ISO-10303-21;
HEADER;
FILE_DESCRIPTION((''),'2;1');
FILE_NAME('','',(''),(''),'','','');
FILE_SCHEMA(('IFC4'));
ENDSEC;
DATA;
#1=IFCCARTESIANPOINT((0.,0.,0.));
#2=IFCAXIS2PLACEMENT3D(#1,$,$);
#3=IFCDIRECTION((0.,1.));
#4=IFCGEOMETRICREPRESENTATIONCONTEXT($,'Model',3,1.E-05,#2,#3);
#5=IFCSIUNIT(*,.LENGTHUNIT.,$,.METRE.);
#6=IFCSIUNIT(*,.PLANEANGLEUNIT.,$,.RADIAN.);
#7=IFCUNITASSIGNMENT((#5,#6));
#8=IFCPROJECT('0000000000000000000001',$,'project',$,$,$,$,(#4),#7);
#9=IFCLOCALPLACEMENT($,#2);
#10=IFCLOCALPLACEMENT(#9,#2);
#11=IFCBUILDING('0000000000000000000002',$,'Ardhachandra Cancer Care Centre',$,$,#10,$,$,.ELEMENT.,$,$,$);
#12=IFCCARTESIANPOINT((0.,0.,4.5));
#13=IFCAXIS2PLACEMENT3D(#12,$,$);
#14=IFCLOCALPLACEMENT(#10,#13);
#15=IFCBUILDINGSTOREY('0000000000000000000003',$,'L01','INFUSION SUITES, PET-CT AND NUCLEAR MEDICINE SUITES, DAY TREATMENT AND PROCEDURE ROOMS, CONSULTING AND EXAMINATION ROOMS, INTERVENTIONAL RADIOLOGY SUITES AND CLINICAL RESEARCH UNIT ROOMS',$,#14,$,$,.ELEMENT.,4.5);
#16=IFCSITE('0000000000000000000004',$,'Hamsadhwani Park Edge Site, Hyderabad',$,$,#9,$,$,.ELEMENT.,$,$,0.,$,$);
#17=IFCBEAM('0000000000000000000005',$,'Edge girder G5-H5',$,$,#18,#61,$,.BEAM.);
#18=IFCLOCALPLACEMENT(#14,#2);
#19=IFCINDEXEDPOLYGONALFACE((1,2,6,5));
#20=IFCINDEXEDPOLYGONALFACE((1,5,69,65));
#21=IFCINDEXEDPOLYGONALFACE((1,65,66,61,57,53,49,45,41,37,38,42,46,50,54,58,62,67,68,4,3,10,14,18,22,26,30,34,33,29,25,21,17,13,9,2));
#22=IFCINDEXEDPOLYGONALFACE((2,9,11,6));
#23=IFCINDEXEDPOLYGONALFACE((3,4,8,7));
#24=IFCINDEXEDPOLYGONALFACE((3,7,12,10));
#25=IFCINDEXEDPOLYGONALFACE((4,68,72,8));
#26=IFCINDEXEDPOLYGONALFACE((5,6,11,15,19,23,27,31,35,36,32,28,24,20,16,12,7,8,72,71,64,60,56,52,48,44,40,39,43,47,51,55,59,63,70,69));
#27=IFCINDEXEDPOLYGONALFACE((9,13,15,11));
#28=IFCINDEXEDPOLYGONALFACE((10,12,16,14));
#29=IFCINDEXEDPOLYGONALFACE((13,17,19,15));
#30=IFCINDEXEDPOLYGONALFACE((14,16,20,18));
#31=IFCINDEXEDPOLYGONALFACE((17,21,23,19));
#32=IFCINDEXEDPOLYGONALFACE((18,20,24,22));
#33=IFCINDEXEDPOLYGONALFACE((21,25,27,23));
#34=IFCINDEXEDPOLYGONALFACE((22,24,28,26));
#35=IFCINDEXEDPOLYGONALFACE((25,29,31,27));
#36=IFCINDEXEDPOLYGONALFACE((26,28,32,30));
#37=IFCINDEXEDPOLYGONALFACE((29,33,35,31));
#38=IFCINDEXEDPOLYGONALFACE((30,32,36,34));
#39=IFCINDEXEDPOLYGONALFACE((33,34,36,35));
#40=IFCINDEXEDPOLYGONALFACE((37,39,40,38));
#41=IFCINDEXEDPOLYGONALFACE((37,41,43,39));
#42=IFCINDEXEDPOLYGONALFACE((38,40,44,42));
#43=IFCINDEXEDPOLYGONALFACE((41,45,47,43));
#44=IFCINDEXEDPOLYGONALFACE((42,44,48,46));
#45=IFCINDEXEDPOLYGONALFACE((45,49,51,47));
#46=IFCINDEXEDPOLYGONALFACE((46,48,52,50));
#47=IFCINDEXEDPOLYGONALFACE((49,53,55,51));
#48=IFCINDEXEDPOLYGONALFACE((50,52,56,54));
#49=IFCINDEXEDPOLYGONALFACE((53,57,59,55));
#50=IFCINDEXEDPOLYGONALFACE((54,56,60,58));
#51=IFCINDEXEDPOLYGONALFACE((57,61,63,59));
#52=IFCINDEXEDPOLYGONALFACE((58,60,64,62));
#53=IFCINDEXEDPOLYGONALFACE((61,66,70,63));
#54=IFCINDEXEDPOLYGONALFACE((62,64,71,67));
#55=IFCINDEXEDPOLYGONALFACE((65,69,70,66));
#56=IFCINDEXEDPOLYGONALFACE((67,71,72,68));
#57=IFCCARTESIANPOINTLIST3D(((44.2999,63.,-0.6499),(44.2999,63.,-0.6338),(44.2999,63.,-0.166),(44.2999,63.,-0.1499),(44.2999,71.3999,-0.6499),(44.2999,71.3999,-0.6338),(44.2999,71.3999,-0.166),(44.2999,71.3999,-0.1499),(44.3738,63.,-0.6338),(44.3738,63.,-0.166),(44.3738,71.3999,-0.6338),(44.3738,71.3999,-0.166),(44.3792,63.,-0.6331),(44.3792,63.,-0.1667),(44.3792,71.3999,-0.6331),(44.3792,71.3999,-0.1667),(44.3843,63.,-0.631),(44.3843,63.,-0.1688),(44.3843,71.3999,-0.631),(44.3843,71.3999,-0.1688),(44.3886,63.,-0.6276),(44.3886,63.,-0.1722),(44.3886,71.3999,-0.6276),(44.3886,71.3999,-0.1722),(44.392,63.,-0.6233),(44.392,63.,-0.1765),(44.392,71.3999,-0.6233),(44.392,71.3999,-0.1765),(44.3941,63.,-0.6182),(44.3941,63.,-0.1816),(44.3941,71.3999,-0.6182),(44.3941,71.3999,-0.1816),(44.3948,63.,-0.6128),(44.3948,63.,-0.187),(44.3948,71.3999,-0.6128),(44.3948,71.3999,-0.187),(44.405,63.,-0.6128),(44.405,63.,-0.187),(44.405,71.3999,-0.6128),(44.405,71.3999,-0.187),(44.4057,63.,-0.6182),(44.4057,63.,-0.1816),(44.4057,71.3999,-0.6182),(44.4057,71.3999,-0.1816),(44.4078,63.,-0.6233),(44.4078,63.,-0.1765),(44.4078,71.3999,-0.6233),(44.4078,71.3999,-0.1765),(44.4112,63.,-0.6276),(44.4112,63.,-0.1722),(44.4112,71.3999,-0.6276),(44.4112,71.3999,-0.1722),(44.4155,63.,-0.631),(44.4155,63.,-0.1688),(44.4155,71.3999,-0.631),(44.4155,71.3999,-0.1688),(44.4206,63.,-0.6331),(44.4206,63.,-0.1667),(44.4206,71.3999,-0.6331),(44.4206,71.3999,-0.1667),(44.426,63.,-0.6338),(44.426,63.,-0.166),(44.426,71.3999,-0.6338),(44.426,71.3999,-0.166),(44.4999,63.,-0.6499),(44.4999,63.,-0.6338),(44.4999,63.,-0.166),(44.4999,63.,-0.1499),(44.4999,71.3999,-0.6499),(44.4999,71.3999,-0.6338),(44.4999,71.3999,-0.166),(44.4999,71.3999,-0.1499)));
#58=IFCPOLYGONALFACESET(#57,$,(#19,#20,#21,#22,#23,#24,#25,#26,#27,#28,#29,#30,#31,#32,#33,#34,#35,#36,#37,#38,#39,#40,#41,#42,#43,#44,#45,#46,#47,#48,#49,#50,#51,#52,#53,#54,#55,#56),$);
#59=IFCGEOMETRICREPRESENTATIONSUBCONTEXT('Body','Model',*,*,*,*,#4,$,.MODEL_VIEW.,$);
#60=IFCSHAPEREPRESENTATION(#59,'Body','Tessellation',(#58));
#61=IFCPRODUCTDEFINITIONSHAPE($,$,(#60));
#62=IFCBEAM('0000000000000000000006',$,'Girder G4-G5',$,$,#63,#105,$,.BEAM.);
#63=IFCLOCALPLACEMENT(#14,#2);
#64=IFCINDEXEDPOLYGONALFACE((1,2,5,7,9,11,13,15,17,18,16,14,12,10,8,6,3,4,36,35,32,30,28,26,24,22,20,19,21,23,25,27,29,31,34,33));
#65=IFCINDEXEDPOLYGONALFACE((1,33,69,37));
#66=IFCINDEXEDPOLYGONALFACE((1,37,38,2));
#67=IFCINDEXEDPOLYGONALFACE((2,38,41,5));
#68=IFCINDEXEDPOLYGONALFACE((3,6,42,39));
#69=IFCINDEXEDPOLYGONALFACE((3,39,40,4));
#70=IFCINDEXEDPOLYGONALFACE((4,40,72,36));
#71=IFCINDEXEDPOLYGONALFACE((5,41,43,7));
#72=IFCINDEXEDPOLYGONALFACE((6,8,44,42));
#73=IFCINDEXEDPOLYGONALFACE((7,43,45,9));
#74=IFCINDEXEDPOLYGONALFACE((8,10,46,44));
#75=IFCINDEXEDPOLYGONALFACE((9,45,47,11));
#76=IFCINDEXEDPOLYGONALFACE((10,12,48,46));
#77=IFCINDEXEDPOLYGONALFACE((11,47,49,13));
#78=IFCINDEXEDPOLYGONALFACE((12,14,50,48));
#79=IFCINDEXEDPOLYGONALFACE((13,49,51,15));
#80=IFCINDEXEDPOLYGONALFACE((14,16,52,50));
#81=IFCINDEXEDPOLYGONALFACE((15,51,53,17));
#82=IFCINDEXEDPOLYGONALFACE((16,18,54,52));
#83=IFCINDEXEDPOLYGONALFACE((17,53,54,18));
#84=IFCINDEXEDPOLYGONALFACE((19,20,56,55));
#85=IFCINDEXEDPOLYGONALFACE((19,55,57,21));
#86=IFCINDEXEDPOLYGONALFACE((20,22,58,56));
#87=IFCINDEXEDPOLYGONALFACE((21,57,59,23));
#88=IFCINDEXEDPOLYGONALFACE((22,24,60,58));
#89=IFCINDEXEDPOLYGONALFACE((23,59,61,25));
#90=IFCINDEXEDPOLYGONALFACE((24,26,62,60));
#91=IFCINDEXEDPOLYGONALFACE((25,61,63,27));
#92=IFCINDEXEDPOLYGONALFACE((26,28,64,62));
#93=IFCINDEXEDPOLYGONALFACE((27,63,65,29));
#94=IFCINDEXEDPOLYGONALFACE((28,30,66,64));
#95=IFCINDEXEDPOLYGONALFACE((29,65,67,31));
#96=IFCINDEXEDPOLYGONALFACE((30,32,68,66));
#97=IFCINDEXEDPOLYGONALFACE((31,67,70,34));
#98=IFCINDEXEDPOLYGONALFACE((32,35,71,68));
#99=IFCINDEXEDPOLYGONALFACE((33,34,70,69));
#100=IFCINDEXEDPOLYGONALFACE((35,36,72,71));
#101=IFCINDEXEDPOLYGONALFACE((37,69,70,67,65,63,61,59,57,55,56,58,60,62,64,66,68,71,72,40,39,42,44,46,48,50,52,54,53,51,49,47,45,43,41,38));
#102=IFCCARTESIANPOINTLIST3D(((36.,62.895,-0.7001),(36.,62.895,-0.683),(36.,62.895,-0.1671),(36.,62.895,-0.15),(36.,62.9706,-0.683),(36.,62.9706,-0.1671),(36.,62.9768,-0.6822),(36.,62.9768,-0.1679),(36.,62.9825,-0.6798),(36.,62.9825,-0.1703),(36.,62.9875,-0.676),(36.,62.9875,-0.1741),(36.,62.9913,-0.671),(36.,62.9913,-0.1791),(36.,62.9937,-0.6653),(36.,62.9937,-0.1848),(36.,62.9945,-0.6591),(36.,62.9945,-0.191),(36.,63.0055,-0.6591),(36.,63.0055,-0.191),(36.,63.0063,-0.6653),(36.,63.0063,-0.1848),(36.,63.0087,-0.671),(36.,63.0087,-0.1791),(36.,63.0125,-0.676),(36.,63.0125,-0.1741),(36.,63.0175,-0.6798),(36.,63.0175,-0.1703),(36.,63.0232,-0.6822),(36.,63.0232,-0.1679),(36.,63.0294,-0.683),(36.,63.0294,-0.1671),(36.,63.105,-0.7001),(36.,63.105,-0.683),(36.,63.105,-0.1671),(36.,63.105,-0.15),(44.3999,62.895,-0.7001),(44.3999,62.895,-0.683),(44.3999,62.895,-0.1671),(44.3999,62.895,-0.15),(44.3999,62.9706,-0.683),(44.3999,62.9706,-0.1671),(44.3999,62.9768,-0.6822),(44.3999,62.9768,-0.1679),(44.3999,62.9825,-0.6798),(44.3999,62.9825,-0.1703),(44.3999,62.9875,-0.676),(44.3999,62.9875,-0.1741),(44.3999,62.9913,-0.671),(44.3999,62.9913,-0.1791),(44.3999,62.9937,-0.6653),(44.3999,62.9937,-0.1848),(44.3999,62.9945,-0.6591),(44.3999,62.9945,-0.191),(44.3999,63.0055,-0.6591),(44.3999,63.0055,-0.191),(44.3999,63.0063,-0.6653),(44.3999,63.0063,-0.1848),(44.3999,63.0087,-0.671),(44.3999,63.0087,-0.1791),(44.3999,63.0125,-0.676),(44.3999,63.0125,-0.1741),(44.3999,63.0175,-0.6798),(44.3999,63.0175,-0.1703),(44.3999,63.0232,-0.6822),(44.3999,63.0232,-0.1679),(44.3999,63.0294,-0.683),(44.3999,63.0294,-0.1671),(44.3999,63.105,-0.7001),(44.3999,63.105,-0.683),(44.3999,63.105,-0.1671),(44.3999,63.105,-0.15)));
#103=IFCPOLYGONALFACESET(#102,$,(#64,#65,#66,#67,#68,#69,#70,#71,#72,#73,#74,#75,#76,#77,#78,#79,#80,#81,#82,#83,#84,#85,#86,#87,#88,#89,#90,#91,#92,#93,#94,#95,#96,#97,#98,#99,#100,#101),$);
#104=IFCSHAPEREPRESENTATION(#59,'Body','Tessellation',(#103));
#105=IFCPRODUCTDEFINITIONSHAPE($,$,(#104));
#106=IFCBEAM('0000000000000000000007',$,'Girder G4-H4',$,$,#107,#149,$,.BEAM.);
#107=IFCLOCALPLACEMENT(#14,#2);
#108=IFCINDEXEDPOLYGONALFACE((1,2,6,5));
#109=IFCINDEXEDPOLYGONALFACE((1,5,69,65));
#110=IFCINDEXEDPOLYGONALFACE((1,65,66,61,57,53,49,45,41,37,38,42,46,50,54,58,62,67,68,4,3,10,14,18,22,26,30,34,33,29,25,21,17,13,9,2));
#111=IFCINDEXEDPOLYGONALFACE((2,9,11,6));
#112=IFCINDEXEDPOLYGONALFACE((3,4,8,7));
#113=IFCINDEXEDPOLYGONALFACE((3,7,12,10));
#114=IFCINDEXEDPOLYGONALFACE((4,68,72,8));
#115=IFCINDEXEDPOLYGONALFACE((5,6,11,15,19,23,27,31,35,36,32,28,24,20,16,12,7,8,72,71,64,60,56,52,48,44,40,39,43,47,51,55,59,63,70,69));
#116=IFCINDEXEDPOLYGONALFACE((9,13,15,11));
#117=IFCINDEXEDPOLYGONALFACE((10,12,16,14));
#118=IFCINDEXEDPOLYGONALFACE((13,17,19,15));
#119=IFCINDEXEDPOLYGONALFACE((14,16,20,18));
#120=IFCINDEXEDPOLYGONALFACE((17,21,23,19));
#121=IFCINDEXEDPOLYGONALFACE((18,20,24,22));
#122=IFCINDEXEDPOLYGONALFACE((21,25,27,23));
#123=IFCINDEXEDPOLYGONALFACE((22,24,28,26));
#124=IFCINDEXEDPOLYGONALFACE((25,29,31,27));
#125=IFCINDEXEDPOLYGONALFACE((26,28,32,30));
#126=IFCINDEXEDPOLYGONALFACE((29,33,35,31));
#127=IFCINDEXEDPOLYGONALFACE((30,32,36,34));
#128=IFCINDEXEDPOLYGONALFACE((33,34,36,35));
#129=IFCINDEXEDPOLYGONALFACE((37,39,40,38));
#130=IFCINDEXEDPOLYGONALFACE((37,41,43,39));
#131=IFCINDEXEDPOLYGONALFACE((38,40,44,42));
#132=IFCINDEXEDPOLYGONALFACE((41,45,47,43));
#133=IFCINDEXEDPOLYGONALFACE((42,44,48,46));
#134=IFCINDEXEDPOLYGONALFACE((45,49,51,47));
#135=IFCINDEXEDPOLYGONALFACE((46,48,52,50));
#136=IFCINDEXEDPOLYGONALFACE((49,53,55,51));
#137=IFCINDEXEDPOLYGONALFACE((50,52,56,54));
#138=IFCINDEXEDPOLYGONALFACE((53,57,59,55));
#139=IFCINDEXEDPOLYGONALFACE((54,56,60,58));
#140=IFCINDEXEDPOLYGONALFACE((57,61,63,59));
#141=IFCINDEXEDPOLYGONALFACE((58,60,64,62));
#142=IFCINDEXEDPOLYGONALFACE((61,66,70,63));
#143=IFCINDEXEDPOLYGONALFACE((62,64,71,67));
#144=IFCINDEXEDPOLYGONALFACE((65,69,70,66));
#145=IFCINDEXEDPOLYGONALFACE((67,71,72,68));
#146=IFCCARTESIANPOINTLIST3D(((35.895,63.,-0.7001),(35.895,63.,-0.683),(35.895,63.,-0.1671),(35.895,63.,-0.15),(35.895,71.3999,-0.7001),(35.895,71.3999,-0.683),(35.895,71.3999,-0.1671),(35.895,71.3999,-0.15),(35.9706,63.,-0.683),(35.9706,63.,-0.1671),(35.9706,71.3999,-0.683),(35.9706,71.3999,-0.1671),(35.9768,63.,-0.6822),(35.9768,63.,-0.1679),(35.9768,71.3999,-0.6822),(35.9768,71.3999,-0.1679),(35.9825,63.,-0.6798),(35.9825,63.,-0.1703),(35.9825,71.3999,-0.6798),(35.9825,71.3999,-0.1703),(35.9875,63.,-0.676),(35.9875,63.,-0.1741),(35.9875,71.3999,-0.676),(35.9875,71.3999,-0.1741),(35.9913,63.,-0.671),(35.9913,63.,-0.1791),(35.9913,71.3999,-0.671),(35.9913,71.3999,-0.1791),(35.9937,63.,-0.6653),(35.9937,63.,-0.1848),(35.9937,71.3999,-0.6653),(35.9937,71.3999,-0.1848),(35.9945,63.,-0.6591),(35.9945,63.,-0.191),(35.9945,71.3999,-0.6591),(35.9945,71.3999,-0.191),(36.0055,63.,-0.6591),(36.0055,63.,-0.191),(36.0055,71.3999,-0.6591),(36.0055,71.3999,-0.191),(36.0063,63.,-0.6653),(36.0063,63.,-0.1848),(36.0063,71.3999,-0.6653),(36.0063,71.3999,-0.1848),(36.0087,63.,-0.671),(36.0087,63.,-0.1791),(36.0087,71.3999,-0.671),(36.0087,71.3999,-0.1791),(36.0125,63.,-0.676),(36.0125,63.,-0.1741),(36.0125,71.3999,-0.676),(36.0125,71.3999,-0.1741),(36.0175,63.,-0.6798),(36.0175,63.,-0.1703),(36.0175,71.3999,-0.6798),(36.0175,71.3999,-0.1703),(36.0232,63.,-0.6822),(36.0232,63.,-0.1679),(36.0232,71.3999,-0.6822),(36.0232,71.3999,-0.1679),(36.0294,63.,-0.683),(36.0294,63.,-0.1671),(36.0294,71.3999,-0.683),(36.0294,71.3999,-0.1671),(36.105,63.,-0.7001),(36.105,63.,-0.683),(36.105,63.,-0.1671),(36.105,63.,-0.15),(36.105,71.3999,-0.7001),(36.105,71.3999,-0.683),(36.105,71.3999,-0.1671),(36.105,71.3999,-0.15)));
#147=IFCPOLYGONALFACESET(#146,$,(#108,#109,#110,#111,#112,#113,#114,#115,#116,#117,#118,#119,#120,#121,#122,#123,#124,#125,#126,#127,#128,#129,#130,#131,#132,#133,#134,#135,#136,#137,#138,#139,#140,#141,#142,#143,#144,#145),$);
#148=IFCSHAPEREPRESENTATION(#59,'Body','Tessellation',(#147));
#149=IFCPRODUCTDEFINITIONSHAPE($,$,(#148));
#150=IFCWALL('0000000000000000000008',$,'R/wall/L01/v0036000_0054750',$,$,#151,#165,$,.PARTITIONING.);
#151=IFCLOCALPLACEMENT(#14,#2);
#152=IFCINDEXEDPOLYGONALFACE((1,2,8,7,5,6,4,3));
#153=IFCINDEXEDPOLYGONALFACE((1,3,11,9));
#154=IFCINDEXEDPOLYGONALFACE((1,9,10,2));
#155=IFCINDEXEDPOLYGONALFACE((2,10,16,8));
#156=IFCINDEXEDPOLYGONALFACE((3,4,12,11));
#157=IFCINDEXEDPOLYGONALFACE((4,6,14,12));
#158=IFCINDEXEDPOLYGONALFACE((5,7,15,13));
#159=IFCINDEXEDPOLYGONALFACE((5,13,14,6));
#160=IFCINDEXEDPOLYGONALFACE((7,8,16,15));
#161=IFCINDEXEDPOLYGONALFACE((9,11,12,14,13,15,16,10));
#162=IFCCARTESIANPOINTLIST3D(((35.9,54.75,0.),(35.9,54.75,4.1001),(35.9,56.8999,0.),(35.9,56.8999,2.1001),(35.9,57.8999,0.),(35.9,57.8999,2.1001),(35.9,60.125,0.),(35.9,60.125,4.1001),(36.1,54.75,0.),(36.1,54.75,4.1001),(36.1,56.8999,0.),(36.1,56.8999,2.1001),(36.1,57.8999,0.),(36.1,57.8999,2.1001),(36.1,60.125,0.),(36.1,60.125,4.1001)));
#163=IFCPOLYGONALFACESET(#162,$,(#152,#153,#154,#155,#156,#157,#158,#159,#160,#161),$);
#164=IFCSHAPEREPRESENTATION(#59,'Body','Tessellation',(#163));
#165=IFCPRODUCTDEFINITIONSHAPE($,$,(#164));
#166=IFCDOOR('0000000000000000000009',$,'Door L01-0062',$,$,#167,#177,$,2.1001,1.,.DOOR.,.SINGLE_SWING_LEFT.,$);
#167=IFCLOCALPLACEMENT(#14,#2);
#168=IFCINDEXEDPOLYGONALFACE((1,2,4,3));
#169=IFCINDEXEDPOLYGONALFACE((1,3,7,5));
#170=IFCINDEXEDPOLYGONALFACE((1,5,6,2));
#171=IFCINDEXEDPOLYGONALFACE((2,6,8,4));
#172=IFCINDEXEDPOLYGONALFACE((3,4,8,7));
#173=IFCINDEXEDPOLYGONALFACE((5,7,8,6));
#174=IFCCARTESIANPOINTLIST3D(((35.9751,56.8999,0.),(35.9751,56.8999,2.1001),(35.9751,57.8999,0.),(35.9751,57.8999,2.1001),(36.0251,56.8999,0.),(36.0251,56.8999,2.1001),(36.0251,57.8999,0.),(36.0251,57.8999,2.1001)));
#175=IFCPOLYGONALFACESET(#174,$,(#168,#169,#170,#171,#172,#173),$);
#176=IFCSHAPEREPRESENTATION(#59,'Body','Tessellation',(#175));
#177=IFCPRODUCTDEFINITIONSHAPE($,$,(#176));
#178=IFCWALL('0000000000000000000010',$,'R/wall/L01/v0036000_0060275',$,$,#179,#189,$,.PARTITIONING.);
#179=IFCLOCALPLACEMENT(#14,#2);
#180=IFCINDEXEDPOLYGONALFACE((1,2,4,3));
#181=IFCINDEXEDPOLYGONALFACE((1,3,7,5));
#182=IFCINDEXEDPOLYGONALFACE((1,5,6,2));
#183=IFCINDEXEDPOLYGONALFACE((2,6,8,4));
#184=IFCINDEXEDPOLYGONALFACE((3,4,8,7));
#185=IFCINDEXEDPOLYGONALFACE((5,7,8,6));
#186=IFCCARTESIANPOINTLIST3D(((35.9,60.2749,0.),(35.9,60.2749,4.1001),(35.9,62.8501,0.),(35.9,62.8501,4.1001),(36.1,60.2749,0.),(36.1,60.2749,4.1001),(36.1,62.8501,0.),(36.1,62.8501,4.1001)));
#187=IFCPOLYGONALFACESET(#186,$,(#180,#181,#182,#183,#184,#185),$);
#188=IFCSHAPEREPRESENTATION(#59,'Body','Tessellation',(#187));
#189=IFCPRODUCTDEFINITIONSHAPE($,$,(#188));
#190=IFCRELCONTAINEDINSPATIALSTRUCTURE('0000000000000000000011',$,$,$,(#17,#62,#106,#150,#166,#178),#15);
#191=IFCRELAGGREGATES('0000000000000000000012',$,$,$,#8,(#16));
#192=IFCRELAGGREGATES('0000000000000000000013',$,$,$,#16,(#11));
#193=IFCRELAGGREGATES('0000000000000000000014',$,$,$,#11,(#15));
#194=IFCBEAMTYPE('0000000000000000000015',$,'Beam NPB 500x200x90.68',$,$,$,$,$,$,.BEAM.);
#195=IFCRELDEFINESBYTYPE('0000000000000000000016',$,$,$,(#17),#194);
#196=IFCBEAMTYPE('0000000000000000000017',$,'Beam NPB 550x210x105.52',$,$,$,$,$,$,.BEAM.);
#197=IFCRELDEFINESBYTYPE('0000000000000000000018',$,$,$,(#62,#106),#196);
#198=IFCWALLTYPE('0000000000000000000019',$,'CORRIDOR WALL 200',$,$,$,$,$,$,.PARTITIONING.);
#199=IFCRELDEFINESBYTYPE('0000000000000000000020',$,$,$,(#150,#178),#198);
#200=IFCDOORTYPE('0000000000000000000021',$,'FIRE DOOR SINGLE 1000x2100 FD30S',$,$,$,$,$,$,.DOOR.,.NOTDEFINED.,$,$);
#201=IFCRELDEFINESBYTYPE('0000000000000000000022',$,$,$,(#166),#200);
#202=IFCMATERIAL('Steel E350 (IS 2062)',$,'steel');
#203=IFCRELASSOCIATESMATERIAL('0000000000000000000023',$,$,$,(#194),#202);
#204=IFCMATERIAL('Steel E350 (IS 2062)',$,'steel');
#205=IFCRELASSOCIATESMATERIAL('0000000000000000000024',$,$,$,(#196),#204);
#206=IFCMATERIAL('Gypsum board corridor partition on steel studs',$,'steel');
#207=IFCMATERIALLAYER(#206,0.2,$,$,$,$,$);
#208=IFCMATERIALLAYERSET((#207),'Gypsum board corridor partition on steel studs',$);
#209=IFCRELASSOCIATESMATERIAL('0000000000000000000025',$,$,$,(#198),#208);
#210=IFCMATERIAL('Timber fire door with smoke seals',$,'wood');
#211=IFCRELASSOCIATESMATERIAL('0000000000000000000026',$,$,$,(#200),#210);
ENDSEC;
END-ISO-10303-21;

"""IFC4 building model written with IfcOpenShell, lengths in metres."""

from ifc_helpers import new_model, si_unit, direction, frame, frame_2d, origin, origin_2d, place, context, subcontext, project, spatial, rectangle, i_section, extrude, material, layer, layer_set, material_profile, profile_set, type_object, element, fill, save


model = new_model("IFC4")

# Units and contexts
model_context = context("Model", 3, precision=1e-05, world=origin(), true_north=direction((0.0, 1.0)))
body_context = subcontext(model_context, "Body", "Model", "MODEL_VIEW")
ifc_project = project(units=[si_unit("LENGTHUNIT", "METRE"), si_unit("PLANEANGLEUNIT", "RADIAN")], contexts=[model_context])

# Site, building, storey
site_placement = place(None, origin())
site = spatial("IfcSite", under=ifc_project, at=site_placement, Name="Hamsadhwani Park Edge Site, Hyderabad", CompositionType="ELEMENT", RefElevation=0.0)
building_placement = place(site_placement, origin())
building = spatial("IfcBuilding", under=site, at=building_placement, Name="Ardhachandra Cancer Care Centre", CompositionType="ELEMENT")
storey_placement = place(building_placement, frame((0.0, 0.0, 4.5)))
storey = spatial("IfcBuildingStorey", under=building, at=storey_placement, Name="L01", Description="INFUSION SUITES, PET-CT AND NUCLEAR MEDICINE SUITES, DAY TREATMENT AND PROCEDURE ROOMS, CONSULTING AND EXAMINATION ROOMS, INTERVENTIONAL RADIOLOGY SUITES AND CLINICAL RESEARCH UNIT ROOMS", CompositionType="ELEMENT", Elevation=4.5)

# Beams
ifc_material_1 = material(Name="Steel E350 (IS 2062)", Category="steel")
ifc_material_profile_1 = material_profile(ifc_material_1, i_section(OverallWidth=0.2, OverallDepth=0.5, WebThickness=0.0103, FlangeThickness=0.0161, FilletRadius=0.021, at=origin_2d()), Name="NPB 500x200x90.68")
ifc_profile_set_1 = profile_set([ifc_material_profile_1], Name="Steel E350 (IS 2062)")
beam_type_1 = type_object("IfcBeamType", Name="Beam NPB 500x200x90.68", PredefinedType="BEAM", material=ifc_profile_set_1)
for number, where, z_axis, x_axis, name in (
    (1, (44.3999, 63.0, -0.3999), (0.0, 1.0, 0.0), (-1.0, 0.0, 0.0), "Edge girder G5-H5"),
):
    element("IfcBeam", number, at=place(storey_placement, frame(where, z_axis=z_axis, x_axis=x_axis)), inside=storey, type_object=beam_type_1, Name=name, PredefinedType="BEAM", context=body_context, shape_type="SweptSolid", body=[
        extrude(i_section(OverallWidth=0.2, OverallDepth=0.5, WebThickness=0.0103, FlangeThickness=0.0161, FilletRadius=0.021, at=origin_2d()), origin(), (0.0, 0.0, 1.0), 8.3999),
    ])
ifc_material_2 = material(Name="Steel E350 (IS 2062)", Category="steel")
ifc_material_profile_2 = material_profile(ifc_material_2, i_section(OverallWidth=0.21, OverallDepth=0.55, WebThickness=0.011, FlangeThickness=0.0171, FilletRadius=0.0239, at=origin_2d()), Name="NPB 550x210x105.52")
ifc_profile_set_2 = profile_set([ifc_material_profile_2], Name="Steel E350 (IS 2062)")
beam_type_2 = type_object("IfcBeamType", Name="Beam NPB 550x210x105.52", PredefinedType="BEAM", material=ifc_profile_set_2)
for number, where, z_axis, x_axis, name in (
    (2, (36.0, 63.0, -0.425), (1.0, 0.0, 0.0), (0.0, 1.0, 0.0), "Girder G4-G5"),
    (3, (36.0, 63.0, -0.425), (0.0, 1.0, 0.0), (-1.0, 0.0, 0.0), "Girder G4-H4"),
):
    element("IfcBeam", number, at=place(storey_placement, frame(where, z_axis=z_axis, x_axis=x_axis)), inside=storey, type_object=beam_type_2, Name=name, PredefinedType="BEAM", context=body_context, shape_type="SweptSolid", body=[
        extrude(i_section(OverallWidth=0.21, OverallDepth=0.55, WebThickness=0.011, FlangeThickness=0.0171, FilletRadius=0.0239, at=origin_2d()), origin(), (0.0, 0.0, 1.0), 8.3999),
    ])

# Wall, opening, door
ifc_material_3 = material(Name="Gypsum board corridor partition on steel studs", Category="steel")
ifc_layer_1 = layer(ifc_material_3, 0.2)
ifc_layer_set_1 = layer_set([ifc_layer_1], Name="Gypsum board corridor partition on steel studs")
wall_type_1 = type_object("IfcWallType", Name="CORRIDOR WALL 200", PredefinedType="PARTITIONING", material=ifc_layer_set_1)
wall_1_placement = place(storey_placement, frame((36.0, 54.75, 0.0), z_axis=(0.0, 0.0, 1.0), x_axis=(0.0, 1.0, 0.0)))
wall_1 = element("IfcWall", 4, at=wall_1_placement, inside=storey, type_object=wall_type_1, Name="R/wall/L01/v0036000_0054750", PredefinedType="PARTITIONING", context=body_context, shape_type="SweptSolid", body=[
    extrude(rectangle(XDim=5.375, YDim=0.2, at=frame_2d((2.6875, 0.0))), origin(), (0.0, 0.0, 1.0), 4.1001),
])
opening_1_placement = place(wall_1_placement, frame((2.1499, 0.0, 0.0)))
opening_1 = element("IfcOpeningElement", 5, at=opening_1_placement, cuts=wall_1, PredefinedType="OPENING", context=body_context, shape_type="SweptSolid", body=[
    extrude(rectangle(XDim=1.0, YDim=2.1001, at=frame_2d((0.5, 1.05))), frame((0.0, 0.1099, 0.0), z_axis=(0.0, -1.0, 0.0), x_axis=(1.0, 0.0, 0.0)), (0.0, 0.0, 1.0), 0.22),
])
ifc_material_4 = material(Name="Timber fire door with smoke seals", Category="wood")
door_type = type_object("IfcDoorType", Name="FIRE DOOR SINGLE 1000x2100 FD30S", OperationType="NOTDEFINED", PredefinedType="DOOR", material=ifc_material_4)
door_1_placement = place(opening_1_placement, origin())
door_1 = element("IfcDoor", 6, at=door_1_placement, inside=storey, type_object=door_type, Name="Door L01-0062", OperationType="SINGLE_SWING_LEFT", OverallHeight=2.1001, OverallWidth=1.0, PredefinedType="DOOR", context=body_context, shape_type="SweptSolid", body=[
    extrude(rectangle(XDim=1.0, YDim=2.1001, at=frame_2d((0.5, 1.05))), frame((0.0, 0.0249, 0.0), z_axis=(0.0, -1.0, 0.0), x_axis=(1.0, 0.0, 0.0)), (0.0, 0.0, 1.0), 0.05),
])
fill(opening_1, door_1)

# Wall
wall_2_placement = place(storey_placement, frame((36.0, 60.2749, 0.0), z_axis=(0.0, 0.0, 1.0), x_axis=(0.0, 1.0, 0.0)))
element("IfcWall", 7, at=wall_2_placement, inside=storey, type_object=wall_type_1, Name="R/wall/L01/v0036000_0060275", PredefinedType="PARTITIONING", context=body_context, shape_type="SweptSolid", body=[
    extrude(rectangle(XDim=2.5752, YDim=0.2, at=frame_2d((1.2876, 0.0))), origin(), (0.0, 0.0, 1.0), 4.1001),
])

save(model, "model.ifc")
